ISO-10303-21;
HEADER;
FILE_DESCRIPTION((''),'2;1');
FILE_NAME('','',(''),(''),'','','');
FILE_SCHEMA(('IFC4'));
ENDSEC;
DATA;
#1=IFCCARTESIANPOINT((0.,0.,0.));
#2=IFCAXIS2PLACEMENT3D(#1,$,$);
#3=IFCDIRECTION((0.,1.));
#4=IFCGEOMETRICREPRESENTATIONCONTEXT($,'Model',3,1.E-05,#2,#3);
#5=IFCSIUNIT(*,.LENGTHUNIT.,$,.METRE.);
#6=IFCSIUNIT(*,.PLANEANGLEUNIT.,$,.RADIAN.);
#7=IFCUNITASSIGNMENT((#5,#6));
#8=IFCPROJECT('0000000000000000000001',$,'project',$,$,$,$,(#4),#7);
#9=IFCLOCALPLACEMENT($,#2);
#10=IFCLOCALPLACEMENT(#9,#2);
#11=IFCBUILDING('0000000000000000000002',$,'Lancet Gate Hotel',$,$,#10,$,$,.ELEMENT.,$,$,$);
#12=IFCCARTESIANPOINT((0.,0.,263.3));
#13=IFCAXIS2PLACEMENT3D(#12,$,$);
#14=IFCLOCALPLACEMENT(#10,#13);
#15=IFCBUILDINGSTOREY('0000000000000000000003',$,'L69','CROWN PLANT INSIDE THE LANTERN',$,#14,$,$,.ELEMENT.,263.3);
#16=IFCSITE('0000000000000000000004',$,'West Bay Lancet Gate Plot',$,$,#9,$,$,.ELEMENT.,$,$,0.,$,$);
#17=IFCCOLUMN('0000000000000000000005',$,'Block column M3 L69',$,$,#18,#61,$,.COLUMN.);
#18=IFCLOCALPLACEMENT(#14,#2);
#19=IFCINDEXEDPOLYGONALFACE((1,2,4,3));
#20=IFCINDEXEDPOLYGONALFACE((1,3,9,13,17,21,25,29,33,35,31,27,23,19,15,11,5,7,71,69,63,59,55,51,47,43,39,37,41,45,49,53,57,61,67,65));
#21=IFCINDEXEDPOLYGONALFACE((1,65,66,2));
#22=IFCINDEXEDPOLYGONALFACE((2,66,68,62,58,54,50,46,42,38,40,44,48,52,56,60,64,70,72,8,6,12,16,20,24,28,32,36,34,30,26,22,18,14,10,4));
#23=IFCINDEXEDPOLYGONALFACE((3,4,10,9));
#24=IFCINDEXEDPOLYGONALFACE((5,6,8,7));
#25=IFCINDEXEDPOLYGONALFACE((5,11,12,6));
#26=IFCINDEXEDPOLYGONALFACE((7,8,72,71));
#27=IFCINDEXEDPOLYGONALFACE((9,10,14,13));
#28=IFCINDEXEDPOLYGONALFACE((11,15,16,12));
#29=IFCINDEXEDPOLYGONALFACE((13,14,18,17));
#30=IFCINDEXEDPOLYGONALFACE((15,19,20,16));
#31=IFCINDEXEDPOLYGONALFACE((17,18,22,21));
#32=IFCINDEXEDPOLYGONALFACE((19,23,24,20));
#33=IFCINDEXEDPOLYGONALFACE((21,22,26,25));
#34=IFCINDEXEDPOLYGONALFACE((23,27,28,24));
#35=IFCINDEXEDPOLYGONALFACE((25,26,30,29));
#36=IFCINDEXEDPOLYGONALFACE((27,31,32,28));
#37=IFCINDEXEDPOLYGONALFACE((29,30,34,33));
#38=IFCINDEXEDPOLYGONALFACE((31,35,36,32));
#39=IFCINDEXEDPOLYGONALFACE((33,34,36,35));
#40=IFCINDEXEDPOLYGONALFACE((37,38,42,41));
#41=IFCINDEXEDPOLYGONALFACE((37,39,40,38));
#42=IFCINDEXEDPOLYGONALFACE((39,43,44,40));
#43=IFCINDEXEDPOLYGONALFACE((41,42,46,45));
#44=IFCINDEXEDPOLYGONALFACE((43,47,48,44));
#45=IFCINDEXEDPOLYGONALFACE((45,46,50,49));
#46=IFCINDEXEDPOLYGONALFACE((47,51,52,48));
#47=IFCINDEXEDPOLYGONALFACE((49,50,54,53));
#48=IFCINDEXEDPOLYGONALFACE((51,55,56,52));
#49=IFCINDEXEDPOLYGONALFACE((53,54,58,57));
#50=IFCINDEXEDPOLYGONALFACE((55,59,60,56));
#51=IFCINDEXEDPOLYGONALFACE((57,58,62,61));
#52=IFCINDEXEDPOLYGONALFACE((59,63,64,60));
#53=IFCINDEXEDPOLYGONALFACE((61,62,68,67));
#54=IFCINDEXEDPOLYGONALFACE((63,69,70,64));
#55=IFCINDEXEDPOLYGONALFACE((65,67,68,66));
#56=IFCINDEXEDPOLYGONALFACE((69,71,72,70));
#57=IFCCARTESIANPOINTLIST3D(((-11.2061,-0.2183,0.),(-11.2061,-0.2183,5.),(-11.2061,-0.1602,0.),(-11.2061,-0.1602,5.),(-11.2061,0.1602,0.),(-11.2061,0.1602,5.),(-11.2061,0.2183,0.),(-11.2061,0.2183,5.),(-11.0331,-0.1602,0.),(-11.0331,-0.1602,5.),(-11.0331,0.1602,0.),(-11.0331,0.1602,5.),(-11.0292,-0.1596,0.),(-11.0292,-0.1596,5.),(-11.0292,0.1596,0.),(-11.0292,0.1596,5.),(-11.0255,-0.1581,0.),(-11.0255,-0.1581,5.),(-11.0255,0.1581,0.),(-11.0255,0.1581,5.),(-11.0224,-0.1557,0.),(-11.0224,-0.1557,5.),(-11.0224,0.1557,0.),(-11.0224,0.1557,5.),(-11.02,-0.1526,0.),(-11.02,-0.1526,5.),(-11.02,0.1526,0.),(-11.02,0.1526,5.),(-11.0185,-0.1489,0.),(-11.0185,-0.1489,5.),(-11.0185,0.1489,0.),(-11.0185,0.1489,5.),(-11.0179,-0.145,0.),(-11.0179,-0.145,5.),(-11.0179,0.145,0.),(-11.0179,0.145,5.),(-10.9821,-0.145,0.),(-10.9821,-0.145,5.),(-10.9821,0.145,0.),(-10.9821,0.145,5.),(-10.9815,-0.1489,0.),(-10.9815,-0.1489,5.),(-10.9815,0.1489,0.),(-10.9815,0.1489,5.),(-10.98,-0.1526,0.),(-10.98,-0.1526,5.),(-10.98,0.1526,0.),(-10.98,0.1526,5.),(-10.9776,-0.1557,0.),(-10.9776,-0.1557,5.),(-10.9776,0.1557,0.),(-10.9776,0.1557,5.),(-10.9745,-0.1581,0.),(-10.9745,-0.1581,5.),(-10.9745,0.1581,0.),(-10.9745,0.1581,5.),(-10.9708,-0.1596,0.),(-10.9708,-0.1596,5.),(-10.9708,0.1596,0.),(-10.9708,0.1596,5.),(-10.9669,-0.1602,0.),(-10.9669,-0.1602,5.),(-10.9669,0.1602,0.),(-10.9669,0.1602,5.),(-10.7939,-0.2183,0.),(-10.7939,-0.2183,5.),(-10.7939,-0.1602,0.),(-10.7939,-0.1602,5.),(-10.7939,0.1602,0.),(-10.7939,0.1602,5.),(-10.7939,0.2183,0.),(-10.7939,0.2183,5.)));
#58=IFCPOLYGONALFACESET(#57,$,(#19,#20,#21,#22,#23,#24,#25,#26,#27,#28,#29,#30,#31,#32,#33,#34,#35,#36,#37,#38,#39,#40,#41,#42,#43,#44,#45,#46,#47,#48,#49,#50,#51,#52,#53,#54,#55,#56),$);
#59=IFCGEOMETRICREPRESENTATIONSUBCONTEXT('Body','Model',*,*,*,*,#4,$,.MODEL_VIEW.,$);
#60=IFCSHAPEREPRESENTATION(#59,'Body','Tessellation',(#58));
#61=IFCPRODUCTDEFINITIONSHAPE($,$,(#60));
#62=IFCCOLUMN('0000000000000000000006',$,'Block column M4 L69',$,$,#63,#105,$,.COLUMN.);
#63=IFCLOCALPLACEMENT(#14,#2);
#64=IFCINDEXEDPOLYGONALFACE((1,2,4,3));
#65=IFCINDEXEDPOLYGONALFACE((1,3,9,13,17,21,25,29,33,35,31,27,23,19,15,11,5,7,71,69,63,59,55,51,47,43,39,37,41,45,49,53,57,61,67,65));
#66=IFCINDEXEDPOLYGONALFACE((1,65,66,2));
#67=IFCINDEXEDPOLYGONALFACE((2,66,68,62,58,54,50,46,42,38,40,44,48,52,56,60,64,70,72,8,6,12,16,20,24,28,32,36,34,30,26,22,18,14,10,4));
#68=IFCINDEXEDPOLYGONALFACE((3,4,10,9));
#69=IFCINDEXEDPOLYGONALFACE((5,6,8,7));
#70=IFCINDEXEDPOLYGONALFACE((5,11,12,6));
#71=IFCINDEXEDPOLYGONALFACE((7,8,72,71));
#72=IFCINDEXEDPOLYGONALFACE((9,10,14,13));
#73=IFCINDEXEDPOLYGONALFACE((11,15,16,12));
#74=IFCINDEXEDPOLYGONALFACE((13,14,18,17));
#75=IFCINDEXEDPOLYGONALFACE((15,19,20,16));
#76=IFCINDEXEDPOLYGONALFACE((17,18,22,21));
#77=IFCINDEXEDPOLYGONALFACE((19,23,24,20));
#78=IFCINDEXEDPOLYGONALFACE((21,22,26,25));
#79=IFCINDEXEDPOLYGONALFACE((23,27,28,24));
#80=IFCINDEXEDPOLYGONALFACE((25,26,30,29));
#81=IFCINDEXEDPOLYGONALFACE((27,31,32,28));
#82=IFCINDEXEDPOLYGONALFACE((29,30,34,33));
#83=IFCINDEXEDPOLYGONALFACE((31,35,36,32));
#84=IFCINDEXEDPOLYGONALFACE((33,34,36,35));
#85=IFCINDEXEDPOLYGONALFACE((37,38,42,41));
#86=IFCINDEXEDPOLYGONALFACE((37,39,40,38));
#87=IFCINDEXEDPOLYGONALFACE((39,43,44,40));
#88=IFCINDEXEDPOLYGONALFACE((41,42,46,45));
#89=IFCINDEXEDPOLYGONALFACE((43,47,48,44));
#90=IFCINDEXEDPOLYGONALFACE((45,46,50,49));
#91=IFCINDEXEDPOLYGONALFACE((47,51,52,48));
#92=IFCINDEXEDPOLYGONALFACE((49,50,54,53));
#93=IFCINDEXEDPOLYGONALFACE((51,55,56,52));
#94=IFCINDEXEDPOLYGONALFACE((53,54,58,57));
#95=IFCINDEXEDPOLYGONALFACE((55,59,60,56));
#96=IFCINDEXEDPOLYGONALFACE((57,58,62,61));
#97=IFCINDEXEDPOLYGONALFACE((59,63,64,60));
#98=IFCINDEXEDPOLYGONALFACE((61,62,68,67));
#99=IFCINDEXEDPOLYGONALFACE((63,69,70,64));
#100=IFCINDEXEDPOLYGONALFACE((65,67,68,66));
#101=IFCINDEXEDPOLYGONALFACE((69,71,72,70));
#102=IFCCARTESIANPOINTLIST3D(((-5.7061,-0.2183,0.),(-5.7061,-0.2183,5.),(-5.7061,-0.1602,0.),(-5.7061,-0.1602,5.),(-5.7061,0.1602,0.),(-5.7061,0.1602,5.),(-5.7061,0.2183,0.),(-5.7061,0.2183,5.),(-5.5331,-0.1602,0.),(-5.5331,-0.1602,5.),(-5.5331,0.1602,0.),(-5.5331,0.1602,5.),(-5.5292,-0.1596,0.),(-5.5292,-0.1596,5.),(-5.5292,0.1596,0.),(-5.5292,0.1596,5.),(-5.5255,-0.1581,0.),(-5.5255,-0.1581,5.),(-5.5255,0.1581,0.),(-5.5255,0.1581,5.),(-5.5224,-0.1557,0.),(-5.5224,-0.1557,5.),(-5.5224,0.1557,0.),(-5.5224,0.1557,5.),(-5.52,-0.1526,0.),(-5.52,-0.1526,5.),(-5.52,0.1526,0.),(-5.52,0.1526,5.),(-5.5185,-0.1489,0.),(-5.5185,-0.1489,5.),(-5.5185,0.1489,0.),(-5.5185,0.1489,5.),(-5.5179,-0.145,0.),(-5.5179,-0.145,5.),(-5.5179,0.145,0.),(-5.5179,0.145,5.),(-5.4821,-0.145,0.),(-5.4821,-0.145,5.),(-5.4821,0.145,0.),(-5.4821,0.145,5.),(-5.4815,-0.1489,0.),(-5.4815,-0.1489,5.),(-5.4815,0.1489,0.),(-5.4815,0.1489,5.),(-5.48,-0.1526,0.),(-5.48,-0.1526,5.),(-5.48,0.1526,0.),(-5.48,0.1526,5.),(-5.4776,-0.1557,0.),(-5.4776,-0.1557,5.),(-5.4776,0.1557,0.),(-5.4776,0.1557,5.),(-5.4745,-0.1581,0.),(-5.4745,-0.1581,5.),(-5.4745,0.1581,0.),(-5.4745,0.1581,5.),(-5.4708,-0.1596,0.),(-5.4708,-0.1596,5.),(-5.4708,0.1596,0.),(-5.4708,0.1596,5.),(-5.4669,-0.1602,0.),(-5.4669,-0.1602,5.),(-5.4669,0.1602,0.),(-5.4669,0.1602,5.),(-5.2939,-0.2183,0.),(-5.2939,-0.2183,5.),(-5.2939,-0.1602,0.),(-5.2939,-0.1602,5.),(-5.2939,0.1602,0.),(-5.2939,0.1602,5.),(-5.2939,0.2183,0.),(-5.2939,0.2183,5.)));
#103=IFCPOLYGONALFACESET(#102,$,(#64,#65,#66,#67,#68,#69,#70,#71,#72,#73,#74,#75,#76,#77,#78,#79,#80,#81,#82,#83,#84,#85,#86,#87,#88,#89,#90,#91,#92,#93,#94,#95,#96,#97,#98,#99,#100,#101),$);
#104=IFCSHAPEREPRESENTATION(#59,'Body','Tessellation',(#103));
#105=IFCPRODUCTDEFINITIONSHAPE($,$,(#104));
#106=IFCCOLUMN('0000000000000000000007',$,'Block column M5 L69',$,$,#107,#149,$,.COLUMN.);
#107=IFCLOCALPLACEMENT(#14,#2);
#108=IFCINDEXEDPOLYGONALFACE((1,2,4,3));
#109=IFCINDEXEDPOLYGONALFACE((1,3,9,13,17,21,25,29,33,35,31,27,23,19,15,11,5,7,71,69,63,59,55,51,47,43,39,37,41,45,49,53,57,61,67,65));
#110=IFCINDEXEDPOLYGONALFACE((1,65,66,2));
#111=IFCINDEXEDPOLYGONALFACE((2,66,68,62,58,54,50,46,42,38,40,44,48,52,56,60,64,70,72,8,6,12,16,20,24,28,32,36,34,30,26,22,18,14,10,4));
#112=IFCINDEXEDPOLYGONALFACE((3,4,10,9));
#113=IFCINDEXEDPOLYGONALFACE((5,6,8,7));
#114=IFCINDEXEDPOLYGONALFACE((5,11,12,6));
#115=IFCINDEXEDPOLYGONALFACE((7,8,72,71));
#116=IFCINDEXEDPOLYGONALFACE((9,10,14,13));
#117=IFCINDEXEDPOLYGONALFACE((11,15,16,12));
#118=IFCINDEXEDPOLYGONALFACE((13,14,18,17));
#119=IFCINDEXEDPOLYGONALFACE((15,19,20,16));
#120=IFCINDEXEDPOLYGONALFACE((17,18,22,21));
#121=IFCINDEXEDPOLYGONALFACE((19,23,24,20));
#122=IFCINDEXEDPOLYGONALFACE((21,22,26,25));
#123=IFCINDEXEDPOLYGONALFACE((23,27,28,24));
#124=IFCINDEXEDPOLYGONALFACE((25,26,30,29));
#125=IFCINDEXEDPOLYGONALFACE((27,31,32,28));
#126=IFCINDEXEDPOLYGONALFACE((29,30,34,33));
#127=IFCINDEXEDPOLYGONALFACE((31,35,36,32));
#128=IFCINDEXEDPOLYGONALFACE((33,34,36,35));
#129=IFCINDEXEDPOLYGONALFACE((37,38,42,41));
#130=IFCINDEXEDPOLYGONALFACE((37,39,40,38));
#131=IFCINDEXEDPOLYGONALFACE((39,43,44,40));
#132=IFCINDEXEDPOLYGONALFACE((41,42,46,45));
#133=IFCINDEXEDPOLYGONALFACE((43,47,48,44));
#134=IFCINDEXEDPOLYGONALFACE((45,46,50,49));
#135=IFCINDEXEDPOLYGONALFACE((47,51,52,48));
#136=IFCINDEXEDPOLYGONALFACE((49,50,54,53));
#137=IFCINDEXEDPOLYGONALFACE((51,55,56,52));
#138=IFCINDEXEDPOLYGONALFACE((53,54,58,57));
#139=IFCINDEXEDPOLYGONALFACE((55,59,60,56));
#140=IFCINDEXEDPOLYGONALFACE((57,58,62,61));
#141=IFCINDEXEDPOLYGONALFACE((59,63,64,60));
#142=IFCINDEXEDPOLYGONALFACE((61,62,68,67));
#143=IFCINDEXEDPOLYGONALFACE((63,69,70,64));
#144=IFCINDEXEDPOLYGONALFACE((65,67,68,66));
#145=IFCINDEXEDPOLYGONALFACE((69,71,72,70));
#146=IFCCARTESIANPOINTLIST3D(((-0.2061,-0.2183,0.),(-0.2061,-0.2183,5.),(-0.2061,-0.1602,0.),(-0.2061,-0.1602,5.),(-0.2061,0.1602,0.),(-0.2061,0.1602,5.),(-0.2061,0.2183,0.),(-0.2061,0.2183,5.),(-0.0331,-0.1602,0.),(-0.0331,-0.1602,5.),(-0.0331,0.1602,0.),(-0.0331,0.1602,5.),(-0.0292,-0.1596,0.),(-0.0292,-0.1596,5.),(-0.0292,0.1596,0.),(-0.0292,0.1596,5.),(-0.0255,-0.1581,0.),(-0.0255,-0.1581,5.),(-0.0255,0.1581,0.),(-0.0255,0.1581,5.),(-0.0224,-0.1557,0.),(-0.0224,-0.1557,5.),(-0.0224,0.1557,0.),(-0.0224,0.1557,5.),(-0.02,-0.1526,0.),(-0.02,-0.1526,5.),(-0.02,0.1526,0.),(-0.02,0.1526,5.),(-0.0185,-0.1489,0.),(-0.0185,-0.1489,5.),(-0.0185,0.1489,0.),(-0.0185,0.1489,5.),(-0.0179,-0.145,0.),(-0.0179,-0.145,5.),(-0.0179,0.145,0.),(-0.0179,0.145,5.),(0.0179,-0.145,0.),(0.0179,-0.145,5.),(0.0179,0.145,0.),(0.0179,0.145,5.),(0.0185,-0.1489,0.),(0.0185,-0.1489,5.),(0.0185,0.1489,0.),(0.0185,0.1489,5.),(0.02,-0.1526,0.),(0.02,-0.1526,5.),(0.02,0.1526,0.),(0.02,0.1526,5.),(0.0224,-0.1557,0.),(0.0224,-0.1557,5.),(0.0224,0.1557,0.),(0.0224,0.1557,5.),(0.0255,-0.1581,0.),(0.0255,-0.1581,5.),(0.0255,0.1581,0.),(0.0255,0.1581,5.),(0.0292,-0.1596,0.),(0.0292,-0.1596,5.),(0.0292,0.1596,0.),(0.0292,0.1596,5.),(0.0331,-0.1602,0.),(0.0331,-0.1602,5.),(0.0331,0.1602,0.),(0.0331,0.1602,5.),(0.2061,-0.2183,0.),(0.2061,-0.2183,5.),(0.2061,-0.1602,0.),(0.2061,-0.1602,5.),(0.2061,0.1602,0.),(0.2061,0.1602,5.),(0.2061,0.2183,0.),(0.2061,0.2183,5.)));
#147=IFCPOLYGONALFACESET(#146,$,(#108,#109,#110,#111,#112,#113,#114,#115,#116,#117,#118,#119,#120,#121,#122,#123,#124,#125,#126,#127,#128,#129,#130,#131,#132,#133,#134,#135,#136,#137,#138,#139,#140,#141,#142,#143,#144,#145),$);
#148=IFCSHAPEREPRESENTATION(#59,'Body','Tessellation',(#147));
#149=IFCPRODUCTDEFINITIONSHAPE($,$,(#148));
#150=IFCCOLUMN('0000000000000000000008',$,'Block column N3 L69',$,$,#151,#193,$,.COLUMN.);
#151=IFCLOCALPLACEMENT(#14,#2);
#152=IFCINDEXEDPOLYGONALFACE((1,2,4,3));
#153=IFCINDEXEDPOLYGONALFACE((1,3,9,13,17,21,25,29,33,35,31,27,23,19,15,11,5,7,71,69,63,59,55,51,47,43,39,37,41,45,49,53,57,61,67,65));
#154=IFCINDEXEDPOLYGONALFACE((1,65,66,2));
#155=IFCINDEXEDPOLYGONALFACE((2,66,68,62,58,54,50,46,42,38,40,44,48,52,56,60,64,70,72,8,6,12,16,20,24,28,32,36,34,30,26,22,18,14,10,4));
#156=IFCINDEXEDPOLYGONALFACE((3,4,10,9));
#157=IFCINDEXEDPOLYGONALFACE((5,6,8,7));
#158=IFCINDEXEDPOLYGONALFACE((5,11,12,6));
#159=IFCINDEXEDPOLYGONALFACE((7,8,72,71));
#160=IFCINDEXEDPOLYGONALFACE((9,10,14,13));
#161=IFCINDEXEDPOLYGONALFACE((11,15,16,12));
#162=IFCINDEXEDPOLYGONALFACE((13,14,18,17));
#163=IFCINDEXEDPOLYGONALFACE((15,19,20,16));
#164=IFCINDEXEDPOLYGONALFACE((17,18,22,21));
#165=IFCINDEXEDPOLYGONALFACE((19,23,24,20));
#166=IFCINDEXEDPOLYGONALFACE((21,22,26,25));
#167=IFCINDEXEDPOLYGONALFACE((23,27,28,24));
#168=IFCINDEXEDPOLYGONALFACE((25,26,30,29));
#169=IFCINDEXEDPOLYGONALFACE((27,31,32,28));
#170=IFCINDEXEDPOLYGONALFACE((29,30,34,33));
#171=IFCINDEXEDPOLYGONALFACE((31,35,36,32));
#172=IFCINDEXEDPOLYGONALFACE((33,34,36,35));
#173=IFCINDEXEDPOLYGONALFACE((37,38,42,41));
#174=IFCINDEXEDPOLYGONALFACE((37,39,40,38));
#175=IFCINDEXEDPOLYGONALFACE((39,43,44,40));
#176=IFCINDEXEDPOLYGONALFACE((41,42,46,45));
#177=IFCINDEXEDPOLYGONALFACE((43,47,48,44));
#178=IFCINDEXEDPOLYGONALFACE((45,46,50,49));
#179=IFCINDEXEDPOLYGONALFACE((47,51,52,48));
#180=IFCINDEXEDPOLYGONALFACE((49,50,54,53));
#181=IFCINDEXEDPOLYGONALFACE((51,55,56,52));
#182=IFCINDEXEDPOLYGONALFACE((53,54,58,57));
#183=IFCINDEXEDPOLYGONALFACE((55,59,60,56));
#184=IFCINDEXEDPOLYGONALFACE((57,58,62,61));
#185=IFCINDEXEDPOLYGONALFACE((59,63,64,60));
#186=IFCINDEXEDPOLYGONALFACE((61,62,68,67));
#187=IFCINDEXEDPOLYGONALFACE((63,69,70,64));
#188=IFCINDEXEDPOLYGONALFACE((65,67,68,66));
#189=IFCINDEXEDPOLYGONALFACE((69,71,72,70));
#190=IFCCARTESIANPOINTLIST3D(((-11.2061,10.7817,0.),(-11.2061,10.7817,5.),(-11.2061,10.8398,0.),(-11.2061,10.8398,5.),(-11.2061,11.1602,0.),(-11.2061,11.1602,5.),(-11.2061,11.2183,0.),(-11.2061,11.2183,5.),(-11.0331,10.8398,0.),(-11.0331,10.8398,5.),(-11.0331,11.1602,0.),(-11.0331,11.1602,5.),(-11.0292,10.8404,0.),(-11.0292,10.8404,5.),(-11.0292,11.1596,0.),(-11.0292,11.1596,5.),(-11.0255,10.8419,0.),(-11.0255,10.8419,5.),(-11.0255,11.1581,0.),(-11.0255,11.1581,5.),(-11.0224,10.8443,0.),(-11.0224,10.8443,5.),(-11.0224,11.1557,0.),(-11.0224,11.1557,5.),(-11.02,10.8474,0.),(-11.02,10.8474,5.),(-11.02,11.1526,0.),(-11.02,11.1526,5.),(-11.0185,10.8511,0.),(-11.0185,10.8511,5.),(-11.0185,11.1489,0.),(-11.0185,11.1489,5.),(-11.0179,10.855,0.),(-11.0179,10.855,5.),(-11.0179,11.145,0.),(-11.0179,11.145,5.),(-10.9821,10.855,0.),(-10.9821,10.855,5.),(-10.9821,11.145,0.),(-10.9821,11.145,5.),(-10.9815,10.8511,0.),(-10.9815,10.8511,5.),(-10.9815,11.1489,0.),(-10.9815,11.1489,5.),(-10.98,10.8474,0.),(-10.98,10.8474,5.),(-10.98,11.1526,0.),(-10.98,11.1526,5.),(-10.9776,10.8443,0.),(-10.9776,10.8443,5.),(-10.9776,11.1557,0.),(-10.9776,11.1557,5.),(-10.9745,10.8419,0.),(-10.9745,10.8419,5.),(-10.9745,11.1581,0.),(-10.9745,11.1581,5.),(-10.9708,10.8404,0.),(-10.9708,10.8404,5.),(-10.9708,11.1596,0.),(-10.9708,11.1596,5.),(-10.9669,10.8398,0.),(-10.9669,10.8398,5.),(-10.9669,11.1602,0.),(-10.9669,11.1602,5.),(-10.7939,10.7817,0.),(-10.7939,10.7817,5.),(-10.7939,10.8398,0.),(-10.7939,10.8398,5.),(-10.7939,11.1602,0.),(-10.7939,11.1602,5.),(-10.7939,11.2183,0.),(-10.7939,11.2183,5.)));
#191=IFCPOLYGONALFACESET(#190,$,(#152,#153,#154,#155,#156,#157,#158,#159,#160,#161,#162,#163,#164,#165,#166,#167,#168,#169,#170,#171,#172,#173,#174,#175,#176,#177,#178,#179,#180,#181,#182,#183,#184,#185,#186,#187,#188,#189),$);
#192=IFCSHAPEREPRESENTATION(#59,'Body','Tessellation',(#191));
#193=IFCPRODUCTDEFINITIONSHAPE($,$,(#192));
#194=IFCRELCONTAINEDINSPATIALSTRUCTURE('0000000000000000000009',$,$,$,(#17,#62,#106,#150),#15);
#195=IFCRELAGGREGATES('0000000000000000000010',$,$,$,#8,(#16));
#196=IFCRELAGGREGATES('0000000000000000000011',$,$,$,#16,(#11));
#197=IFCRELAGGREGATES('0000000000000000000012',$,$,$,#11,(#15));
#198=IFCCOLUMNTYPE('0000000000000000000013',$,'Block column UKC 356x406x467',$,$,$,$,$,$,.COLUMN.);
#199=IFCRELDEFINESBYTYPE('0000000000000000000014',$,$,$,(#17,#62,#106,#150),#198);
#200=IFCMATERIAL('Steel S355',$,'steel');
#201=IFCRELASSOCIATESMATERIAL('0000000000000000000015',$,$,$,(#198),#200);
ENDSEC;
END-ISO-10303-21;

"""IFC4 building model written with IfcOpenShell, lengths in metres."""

from ifc_helpers import new_model, si_unit, direction, frame, origin, origin_2d, place, context, subcontext, project, spatial, i_section, extrude, material, material_profile, profile_set, type_object, element, save


model = new_model("IFC4")

# Units and contexts
model_context = context("Model", 3, precision=1e-05, world=origin(), true_north=direction((0.0, 1.0)))
body_context = subcontext(model_context, "Body", "Model", "MODEL_VIEW")
ifc_project = project(units=[si_unit("LENGTHUNIT", "METRE"), si_unit("PLANEANGLEUNIT", "RADIAN")], contexts=[model_context])

# Site, building, storey
site_placement = place(None, origin())
site = spatial("IfcSite", under=ifc_project, at=site_placement, Name="West Bay Lancet Gate Plot", CompositionType="ELEMENT", RefElevation=0.0)
building_placement = place(site_placement, origin())
building = spatial("IfcBuilding", under=site, at=building_placement, Name="Lancet Gate Hotel", CompositionType="ELEMENT")
storey_placement = place(building_placement, frame((0.0, 0.0, 263.3)))
storey = spatial("IfcBuildingStorey", under=building, at=storey_placement, Name="L69", Description="CROWN PLANT INSIDE THE LANTERN", CompositionType="ELEMENT", Elevation=263.3)

# Columns
ifc_material_1 = material(Name="Steel S355", Category="steel")
ifc_material_profile_1 = material_profile(ifc_material_1, i_section(OverallWidth=0.4121, OverallDepth=0.4365, WebThickness=0.0359, FlangeThickness=0.0581, FilletRadius=0.0151, at=origin_2d()), Name="UKC 356x406x467")
ifc_profile_set_1 = profile_set([ifc_material_profile_1], Name="Steel S355")
column_type = type_object("IfcColumnType", Name="Block column UKC 356x406x467", PredefinedType="COLUMN", material=ifc_profile_set_1)
for number, where, z_axis, x_axis, name in (
    (1, (-11.0, 0.0, 0.0), (0.0, 0.0, 1.0), (1.0, 0.0, 0.0), "Block column M3 L69"),
    (2, (-5.5, 0.0, 0.0), (0.0, 0.0, 1.0), (1.0, 0.0, 0.0), "Block column M4 L69"),
    (3, (0.0, 0.0, 0.0), (0.0, 0.0, 1.0), (1.0, 0.0, 0.0), "Block column M5 L69"),
    (4, (-11.0, 11.0, 0.0), (0.0, 0.0, 1.0), (1.0, 0.0, 0.0), "Block column N3 L69"),
):
    element("IfcColumn", number, at=place(storey_placement, frame(where, z_axis=z_axis, x_axis=x_axis)), inside=storey, type_object=column_type, Name=name, PredefinedType="COLUMN", context=body_context, shape_type="SweptSolid", body=[
        extrude(i_section(OverallWidth=0.4121, OverallDepth=0.4365, WebThickness=0.0359, FlangeThickness=0.0581, FilletRadius=0.0151, at=origin_2d()), origin(), (0.0, 0.0, 1.0), 5.0),
    ])

save(model, "model.ifc")
